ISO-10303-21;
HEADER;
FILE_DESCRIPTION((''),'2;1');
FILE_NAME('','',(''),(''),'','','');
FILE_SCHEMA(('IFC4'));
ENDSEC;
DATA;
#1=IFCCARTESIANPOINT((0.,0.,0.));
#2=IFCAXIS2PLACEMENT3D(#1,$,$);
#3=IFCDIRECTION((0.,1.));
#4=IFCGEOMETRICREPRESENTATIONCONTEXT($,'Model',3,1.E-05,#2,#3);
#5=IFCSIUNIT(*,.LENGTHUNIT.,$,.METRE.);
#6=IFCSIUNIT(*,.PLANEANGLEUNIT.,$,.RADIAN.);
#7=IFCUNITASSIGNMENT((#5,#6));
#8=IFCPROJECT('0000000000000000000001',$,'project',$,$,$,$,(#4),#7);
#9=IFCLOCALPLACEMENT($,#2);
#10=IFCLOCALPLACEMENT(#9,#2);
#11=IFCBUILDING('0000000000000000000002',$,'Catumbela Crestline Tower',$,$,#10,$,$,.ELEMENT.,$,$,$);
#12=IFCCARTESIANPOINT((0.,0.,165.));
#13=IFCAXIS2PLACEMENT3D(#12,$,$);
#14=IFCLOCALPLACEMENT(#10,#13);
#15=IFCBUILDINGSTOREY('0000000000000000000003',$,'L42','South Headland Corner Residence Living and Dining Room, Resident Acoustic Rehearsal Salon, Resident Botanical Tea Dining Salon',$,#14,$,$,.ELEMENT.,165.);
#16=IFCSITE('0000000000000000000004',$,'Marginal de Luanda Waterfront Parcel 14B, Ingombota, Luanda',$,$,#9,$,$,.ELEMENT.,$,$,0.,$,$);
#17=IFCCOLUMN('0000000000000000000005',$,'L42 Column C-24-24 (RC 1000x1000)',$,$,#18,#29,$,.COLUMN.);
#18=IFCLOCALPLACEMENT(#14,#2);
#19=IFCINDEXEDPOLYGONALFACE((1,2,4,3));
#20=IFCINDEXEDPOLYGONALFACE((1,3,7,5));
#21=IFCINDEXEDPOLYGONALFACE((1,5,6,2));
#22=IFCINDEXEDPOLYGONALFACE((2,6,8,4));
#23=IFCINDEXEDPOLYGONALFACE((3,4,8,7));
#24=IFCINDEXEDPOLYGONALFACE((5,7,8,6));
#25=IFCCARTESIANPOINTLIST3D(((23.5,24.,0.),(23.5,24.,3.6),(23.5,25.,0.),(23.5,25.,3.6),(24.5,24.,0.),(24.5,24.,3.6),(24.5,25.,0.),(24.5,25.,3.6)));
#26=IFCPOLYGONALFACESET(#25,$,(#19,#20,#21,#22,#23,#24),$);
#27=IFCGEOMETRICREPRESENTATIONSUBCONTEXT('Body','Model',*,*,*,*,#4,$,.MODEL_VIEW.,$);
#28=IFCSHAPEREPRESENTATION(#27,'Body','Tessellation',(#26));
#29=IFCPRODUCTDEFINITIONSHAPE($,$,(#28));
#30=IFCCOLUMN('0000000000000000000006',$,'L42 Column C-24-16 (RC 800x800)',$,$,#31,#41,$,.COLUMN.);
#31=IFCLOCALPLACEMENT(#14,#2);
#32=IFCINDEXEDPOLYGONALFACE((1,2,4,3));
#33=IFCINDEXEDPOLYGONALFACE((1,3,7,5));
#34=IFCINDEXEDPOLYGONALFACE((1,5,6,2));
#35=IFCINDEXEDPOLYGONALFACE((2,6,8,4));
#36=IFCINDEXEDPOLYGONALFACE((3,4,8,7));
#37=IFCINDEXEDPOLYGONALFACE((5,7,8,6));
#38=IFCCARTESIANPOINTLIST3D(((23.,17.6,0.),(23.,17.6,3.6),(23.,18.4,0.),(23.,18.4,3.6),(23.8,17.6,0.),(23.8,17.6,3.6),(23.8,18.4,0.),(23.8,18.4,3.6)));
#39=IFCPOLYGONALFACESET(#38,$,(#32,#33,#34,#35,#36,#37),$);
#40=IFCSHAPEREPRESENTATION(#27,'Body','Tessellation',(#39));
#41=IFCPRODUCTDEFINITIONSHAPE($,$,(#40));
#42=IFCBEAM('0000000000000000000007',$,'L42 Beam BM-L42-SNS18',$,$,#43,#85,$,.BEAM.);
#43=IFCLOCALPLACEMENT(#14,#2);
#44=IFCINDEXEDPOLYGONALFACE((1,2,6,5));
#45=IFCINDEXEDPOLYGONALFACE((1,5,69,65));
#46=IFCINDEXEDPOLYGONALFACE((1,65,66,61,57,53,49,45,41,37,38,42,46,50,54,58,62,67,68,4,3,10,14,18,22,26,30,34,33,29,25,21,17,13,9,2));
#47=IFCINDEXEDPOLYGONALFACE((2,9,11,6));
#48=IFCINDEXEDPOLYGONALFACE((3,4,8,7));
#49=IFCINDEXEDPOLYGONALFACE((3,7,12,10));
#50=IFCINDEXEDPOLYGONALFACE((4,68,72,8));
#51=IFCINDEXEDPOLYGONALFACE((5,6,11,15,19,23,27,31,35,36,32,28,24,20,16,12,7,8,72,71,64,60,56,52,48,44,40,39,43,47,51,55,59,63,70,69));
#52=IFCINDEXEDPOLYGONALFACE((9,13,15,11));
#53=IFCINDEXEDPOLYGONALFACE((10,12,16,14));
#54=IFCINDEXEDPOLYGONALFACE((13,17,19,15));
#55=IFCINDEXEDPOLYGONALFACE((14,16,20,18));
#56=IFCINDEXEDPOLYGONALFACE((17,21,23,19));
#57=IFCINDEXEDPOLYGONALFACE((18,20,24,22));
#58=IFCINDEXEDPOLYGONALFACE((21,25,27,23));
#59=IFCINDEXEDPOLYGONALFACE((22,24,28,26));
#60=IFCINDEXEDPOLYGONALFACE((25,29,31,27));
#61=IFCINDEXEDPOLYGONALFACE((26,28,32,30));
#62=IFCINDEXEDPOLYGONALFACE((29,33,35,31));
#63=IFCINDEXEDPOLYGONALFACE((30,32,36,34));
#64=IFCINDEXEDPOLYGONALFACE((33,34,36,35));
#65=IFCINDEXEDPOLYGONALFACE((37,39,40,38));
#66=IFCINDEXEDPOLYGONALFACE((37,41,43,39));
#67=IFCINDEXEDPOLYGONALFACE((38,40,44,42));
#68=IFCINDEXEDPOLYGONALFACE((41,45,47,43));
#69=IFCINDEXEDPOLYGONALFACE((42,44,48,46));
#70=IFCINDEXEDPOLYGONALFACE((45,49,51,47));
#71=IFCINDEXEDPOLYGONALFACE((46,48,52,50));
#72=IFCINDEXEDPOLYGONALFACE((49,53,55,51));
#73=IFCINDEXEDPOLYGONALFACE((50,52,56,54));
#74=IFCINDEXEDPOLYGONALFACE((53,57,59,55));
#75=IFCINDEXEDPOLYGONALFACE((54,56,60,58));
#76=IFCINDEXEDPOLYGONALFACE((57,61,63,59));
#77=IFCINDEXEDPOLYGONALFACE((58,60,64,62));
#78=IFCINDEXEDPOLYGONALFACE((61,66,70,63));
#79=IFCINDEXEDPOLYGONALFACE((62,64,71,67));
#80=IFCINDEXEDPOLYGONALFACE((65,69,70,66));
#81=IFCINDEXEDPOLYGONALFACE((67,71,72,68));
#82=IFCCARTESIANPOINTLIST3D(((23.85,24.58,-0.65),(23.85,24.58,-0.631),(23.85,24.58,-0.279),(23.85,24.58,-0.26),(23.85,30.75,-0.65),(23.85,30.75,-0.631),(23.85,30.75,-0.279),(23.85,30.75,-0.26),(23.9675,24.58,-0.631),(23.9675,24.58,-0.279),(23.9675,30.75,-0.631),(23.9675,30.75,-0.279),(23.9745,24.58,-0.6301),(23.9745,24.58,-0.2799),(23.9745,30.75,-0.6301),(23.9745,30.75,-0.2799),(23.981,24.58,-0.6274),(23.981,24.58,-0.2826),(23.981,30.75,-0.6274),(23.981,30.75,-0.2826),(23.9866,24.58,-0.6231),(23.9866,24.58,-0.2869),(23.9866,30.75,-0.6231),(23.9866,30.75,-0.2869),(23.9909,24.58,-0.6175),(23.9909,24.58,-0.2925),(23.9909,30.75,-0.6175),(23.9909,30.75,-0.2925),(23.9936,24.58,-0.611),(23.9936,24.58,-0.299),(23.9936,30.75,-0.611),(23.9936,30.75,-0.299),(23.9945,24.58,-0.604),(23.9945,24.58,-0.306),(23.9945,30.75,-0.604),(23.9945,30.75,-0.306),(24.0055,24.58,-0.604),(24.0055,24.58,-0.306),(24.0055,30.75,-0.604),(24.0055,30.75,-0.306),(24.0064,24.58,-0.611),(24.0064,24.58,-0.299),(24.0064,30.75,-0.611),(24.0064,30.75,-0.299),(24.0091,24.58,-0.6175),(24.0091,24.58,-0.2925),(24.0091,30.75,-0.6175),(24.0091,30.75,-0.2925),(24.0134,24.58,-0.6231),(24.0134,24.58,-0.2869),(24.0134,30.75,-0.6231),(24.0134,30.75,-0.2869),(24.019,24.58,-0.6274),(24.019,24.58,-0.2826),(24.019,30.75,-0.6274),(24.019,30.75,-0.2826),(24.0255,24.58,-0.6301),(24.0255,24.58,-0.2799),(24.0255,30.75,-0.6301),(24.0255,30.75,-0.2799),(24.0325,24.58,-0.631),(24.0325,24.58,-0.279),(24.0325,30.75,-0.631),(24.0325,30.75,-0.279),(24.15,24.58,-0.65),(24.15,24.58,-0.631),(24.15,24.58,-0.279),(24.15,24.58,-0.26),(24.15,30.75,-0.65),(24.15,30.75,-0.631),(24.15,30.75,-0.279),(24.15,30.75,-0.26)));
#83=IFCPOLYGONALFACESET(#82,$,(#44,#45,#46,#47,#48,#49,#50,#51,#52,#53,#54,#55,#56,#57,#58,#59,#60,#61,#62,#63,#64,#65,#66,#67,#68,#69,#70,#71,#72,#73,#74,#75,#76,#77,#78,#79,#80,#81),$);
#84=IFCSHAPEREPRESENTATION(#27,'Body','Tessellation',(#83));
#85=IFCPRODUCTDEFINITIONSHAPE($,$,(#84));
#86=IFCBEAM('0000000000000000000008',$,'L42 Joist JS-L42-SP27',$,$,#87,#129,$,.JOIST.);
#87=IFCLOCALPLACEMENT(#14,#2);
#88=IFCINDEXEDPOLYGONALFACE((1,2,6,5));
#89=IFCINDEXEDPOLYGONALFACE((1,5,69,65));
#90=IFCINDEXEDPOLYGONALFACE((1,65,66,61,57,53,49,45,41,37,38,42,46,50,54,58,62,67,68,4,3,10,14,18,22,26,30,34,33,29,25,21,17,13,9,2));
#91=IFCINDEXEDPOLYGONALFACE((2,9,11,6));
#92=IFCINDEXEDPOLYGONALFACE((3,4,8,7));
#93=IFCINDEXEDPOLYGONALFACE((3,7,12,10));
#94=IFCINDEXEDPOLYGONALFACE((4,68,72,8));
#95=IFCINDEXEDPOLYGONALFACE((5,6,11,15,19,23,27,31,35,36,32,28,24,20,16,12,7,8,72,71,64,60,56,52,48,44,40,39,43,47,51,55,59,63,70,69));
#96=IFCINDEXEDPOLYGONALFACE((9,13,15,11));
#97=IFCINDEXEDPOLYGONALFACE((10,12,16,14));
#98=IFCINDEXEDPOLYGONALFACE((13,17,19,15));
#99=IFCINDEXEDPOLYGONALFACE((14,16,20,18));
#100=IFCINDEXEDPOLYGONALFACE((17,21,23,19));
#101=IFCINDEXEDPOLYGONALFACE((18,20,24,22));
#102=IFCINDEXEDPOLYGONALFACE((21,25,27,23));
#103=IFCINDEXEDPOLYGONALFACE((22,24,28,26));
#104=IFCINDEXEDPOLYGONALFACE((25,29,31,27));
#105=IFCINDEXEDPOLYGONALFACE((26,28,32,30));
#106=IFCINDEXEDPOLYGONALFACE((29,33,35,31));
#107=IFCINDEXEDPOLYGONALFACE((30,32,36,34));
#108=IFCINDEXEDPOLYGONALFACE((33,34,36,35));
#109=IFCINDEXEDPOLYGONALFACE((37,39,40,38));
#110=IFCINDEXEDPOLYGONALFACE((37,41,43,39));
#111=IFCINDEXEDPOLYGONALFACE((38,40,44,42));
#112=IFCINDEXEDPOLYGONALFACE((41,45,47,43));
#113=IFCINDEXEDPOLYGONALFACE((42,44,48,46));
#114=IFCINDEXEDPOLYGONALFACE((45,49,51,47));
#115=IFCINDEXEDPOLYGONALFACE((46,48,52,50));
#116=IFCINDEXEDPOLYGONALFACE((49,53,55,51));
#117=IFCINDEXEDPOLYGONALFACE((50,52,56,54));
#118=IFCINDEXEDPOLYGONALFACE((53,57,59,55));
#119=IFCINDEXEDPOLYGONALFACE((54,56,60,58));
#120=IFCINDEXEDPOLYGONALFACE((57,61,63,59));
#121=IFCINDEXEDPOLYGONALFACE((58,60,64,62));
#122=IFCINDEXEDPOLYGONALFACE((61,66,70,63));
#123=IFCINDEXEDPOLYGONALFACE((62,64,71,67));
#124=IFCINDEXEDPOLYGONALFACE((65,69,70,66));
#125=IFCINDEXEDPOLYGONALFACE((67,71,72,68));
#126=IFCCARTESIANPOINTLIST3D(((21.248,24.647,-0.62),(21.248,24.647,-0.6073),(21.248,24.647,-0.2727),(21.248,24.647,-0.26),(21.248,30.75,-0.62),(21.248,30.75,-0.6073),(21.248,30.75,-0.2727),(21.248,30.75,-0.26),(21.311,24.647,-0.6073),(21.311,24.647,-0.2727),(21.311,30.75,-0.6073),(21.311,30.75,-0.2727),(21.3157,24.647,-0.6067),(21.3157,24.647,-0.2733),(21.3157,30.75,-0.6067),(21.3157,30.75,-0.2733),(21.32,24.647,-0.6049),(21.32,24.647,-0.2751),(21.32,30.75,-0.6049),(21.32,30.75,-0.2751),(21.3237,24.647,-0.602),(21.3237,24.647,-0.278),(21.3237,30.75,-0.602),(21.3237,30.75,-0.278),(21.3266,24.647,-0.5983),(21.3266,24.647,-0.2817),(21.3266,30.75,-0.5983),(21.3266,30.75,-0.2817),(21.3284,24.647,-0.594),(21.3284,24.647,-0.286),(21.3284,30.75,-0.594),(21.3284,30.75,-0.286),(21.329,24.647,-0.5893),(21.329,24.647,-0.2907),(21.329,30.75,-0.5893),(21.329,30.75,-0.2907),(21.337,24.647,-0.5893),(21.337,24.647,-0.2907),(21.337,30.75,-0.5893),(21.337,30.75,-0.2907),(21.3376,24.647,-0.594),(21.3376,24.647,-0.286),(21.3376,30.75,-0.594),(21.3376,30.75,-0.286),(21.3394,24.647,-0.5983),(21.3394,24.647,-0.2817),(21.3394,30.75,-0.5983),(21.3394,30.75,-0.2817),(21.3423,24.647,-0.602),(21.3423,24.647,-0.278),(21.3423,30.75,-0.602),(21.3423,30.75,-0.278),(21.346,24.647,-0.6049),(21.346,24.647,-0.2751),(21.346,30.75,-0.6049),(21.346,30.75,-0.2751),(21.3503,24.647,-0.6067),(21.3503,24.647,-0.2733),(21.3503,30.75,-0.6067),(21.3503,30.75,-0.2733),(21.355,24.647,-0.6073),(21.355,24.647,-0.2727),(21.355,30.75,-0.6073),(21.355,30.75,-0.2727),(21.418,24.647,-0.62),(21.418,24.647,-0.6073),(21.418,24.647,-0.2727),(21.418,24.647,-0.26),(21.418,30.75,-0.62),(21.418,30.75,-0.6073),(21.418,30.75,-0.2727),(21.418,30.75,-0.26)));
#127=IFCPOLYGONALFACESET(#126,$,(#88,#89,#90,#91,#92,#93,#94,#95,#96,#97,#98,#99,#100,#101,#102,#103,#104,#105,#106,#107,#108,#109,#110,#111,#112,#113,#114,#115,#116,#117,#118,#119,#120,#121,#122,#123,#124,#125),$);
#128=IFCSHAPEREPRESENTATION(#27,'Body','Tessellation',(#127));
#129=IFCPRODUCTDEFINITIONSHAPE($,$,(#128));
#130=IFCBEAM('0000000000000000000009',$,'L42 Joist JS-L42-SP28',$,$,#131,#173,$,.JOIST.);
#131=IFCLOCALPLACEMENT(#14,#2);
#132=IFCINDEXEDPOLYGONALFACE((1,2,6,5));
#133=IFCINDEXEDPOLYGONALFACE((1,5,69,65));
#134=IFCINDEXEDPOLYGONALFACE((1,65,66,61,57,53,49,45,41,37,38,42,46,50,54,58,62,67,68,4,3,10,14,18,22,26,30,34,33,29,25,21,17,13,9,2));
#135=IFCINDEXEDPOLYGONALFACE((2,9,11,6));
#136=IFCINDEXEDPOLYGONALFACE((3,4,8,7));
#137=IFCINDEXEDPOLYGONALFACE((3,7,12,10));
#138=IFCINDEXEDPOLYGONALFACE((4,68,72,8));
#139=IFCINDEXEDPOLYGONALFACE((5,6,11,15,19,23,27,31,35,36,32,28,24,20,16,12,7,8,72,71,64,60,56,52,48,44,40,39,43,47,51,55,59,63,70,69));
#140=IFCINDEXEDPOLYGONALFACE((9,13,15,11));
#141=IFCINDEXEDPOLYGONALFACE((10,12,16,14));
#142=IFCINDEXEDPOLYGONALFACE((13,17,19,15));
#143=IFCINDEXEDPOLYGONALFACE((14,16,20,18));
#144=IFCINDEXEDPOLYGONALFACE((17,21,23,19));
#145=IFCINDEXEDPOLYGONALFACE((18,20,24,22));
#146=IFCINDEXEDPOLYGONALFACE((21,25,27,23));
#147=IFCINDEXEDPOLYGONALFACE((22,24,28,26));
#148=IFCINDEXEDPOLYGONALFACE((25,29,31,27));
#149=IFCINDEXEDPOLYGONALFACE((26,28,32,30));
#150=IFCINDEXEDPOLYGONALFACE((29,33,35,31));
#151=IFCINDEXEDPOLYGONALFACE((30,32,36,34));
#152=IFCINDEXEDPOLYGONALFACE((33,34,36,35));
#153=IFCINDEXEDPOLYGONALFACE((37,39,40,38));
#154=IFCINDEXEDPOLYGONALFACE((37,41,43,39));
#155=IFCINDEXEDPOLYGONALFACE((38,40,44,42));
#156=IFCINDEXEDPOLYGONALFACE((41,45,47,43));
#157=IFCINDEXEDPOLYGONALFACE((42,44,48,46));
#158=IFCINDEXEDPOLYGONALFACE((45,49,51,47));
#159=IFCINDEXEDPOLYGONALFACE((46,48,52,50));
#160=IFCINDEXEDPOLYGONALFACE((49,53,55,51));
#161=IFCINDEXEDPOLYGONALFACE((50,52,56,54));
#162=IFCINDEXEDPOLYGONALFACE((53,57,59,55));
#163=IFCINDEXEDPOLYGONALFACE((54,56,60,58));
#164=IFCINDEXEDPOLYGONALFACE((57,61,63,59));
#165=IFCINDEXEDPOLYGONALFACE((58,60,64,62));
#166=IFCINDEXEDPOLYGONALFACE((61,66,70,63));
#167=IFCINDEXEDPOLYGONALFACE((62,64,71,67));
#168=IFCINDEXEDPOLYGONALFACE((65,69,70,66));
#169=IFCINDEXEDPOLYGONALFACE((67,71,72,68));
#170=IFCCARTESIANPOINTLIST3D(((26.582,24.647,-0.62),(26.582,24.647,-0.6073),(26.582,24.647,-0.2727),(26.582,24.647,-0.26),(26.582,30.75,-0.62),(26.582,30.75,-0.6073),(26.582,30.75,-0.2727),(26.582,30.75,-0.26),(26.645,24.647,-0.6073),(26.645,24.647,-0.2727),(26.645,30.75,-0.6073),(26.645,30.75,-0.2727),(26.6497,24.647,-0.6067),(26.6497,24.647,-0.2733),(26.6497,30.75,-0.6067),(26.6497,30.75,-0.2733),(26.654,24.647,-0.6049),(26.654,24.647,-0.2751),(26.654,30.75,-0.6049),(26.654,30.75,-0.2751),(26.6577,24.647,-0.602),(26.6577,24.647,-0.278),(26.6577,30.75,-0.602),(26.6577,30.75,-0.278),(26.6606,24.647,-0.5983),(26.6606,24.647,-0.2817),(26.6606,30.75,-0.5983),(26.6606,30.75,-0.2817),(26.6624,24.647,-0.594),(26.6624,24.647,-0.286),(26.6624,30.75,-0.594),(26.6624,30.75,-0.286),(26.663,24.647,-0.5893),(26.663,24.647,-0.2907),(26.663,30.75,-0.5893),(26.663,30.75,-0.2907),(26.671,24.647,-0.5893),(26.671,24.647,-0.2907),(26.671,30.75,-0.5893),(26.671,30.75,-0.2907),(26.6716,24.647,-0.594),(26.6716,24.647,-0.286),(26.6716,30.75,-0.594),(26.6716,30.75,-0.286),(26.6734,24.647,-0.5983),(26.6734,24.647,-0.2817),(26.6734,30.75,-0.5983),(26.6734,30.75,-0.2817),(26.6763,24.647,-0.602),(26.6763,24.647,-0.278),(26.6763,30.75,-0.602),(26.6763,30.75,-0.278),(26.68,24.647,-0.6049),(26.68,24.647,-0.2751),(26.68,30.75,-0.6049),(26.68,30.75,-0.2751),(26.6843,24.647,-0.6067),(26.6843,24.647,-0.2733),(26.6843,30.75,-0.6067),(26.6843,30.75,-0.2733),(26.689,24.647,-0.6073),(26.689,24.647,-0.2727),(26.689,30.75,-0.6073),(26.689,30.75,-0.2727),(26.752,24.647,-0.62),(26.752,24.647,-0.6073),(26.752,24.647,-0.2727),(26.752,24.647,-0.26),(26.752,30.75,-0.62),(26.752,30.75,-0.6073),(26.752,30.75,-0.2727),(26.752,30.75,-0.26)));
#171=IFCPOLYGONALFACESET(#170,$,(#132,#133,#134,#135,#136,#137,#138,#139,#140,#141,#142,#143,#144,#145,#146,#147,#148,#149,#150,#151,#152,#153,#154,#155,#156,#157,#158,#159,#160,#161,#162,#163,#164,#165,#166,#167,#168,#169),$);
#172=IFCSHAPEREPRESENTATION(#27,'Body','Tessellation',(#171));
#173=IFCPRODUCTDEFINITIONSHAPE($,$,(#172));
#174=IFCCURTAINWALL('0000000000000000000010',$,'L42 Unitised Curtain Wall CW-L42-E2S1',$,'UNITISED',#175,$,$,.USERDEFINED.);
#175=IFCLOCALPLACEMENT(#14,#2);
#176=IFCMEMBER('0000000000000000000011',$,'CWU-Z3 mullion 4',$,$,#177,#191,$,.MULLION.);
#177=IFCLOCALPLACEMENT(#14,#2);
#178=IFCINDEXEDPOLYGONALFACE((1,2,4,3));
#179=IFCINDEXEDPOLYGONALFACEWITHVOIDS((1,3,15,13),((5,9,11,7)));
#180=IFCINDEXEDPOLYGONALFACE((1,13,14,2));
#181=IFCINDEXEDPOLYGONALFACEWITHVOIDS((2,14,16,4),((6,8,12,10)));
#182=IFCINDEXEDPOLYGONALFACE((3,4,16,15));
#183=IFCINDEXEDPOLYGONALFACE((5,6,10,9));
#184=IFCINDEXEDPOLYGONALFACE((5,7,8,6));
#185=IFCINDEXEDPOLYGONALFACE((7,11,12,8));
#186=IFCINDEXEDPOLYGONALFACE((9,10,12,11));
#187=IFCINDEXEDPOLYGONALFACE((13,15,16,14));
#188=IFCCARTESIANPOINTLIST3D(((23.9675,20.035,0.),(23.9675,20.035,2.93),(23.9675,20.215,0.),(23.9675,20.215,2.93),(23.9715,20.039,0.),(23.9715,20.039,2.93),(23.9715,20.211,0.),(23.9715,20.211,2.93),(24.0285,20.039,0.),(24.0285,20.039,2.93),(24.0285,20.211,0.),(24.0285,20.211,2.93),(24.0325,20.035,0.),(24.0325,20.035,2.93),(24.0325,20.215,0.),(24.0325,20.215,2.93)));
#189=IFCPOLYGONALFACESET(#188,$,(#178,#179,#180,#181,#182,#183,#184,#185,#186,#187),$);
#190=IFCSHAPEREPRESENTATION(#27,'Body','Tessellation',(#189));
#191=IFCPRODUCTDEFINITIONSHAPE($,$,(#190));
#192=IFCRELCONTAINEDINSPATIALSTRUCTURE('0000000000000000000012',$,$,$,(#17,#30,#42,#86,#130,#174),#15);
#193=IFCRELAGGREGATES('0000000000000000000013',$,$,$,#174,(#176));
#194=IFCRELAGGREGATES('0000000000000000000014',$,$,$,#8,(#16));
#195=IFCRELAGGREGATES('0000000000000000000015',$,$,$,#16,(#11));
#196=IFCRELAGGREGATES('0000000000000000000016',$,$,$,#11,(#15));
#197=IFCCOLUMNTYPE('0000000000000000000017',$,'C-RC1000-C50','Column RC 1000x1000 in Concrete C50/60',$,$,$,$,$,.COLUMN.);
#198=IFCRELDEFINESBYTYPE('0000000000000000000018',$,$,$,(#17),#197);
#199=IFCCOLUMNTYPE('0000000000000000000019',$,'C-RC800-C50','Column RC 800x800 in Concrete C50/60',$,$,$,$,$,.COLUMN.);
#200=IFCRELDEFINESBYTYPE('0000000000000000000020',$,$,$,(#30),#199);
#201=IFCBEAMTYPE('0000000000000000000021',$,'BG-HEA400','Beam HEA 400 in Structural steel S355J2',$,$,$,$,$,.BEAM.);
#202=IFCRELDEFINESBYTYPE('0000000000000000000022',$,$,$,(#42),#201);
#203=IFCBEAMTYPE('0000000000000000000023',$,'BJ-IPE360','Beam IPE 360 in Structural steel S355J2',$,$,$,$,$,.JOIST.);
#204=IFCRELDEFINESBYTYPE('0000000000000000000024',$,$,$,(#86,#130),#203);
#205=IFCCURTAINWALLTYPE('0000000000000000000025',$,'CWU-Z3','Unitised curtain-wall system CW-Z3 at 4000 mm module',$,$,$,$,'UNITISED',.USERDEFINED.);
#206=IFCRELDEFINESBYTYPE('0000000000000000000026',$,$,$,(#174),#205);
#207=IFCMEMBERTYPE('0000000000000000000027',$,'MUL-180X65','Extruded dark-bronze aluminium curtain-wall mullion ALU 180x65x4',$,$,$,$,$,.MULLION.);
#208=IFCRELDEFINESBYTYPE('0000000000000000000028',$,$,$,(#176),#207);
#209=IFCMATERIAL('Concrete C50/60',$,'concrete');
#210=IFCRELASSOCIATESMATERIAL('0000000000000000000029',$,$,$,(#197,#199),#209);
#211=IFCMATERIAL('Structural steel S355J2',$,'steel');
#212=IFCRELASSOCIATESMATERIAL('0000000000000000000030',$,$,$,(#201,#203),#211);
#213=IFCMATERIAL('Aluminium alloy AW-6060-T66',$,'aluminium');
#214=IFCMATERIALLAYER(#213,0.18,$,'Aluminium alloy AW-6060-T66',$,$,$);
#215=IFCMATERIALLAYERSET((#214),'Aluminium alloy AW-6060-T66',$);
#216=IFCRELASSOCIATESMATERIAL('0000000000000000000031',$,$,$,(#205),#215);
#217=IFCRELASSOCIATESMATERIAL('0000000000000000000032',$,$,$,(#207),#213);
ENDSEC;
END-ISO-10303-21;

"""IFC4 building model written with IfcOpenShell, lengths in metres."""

from ifc_helpers import new_model, si_unit, direction, frame, origin, origin_2d, place, context, subcontext, project, spatial, rectangle, hollow_rectangle, i_section, extrude, material, layer, layer_set, material_profile, profile_set, type_object, element, aggregate, save


model = new_model("IFC4")

# Units and contexts
model_context = context("Model", 3, precision=1e-05, world=origin(), true_north=direction((0.0, 1.0)))
body_context = subcontext(model_context, "Body", "Model", "MODEL_VIEW")
ifc_project = project(units=[si_unit("LENGTHUNIT", "METRE"), si_unit("PLANEANGLEUNIT", "RADIAN")], contexts=[model_context])

# Site, building, storey
site_placement = place(None, origin())
site = spatial("IfcSite", under=ifc_project, at=site_placement, Name="Marginal de Luanda Waterfront Parcel 14B, Ingombota, Luanda", CompositionType="ELEMENT", RefElevation=0.0)
building_placement = place(site_placement, origin())
building = spatial("IfcBuilding", under=site, at=building_placement, Name="Catumbela Crestline Tower", CompositionType="ELEMENT")
storey_placement = place(building_placement, frame((0.0, 0.0, 165.0)))
storey = spatial("IfcBuildingStorey", under=building, at=storey_placement, Name="L42", Description="South Headland Corner Residence Living and Dining Room, Resident Acoustic Rehearsal Salon, Resident Botanical Tea Dining Salon", CompositionType="ELEMENT", Elevation=165.0)

# Columns
ifc_material_1 = material(Name="Concrete C50/60", Category="concrete")
ifc_material_profile_1 = material_profile(ifc_material_1, rectangle(XDim=1.0, YDim=1.0, at=origin_2d()), Name="RC 1000x1000")
ifc_profile_set_1 = profile_set([ifc_material_profile_1], Name="Concrete C50/60")
column_type_1 = type_object("IfcColumnType", Name="C-RC1000-C50", Description="Column RC 1000x1000 in Concrete C50/60", PredefinedType="COLUMN", material=ifc_profile_set_1)
column_1_placement = place(storey_placement, frame((24.0, 24.5, 0.0), z_axis=(0.0, 0.0, 1.0), x_axis=(1.0, 0.0, 0.0)))
element("IfcColumn", 1, at=column_1_placement, inside=storey, type_object=column_type_1, Name="L42 Column C-24-24 (RC 1000x1000)", PredefinedType="COLUMN", context=body_context, shape_type="SweptSolid", body=[
    extrude(rectangle(XDim=1.0, YDim=1.0, at=origin_2d()), origin(), (0.0, 0.0, 1.0), 3.6),
])
ifc_material_profile_2 = material_profile(ifc_material_1, rectangle(XDim=0.8, YDim=0.8, at=origin_2d()), Name="RC 800x800")
ifc_profile_set_2 = profile_set([ifc_material_profile_2], Name="Concrete C50/60")
column_type_2 = type_object("IfcColumnType", Name="C-RC800-C50", Description="Column RC 800x800 in Concrete C50/60", PredefinedType="COLUMN", material=ifc_profile_set_2)
column_2_placement = place(storey_placement, frame((23.4, 18.0, 0.0), z_axis=(0.0, 0.0, 1.0), x_axis=(1.0, 0.0, 0.0)))
element("IfcColumn", 2, at=column_2_placement, inside=storey, type_object=column_type_2, Name="L42 Column C-24-16 (RC 800x800)", PredefinedType="COLUMN", context=body_context, shape_type="SweptSolid", body=[
    extrude(rectangle(XDim=0.8, YDim=0.8, at=origin_2d()), origin(), (0.0, 0.0, 1.0), 3.6),
])

# Beams
ifc_material_2 = material(Name="Structural steel S355J2", Category="steel")
ifc_material_profile_3 = material_profile(ifc_material_2, i_section(OverallWidth=0.3, OverallDepth=0.39, WebThickness=0.011, FlangeThickness=0.019, FilletRadius=0.027, at=origin_2d()), Name="HEA 400")
ifc_profile_set_3 = profile_set([ifc_material_profile_3], Name="Structural steel S355J2")
beam_type_1 = type_object("IfcBeamType", Name="BG-HEA400", Description="Beam HEA 400 in Structural steel S355J2", PredefinedType="BEAM", material=ifc_profile_set_3)
beam_1_placement = place(storey_placement, frame((24.0, 24.58, -0.455), z_axis=(0.0, 1.0, 0.0), x_axis=(-1.0, 0.0, 0.0)))
element("IfcBeam", 3, at=beam_1_placement, inside=storey, type_object=beam_type_1, Name="L42 Beam BM-L42-SNS18", PredefinedType="BEAM", context=body_context, shape_type="SweptSolid", body=[
    extrude(i_section(OverallWidth=0.3, OverallDepth=0.39, WebThickness=0.011, FlangeThickness=0.019, FilletRadius=0.027, at=origin_2d()), origin(), (0.0, 0.0, 1.0), 6.17),
])
ifc_material_profile_4 = material_profile(ifc_material_2, i_section(OverallWidth=0.17, OverallDepth=0.36, WebThickness=0.008, FlangeThickness=0.0127, FilletRadius=0.018, at=origin_2d()), Name="IPE 360")
ifc_profile_set_4 = profile_set([ifc_material_profile_4], Name="Structural steel S355J2")
beam_type_2 = type_object("IfcBeamType", Name="BJ-IPE360", Description="Beam IPE 360 in Structural steel S355J2", PredefinedType="JOIST", material=ifc_profile_set_4)
for number, where, z_axis, x_axis, name in (
    (4, (21.333, 24.647, -0.44), (0.0, 1.0, 0.0), (-1.0, 0.0, 0.0), "L42 Joist JS-L42-SP27"),
    (5, (26.667, 24.647, -0.44), (0.0, 1.0, 0.0), (-1.0, 0.0, 0.0), "L42 Joist JS-L42-SP28"),
):
    element("IfcBeam", number, at=place(storey_placement, frame(where, z_axis=z_axis, x_axis=x_axis)), inside=storey, type_object=beam_type_2, Name=name, PredefinedType="JOIST", context=body_context, shape_type="SweptSolid", body=[
        extrude(i_section(OverallWidth=0.17, OverallDepth=0.36, WebThickness=0.008, FlangeThickness=0.0127, FilletRadius=0.018, at=origin_2d()), origin(), (0.0, 0.0, 1.0), 6.103),
    ])

# Curtain wall, member
ifc_material_3 = material(Name="Aluminium alloy AW-6060-T66", Category="aluminium")
ifc_layer_1 = layer(ifc_material_3, 0.18, Name="Aluminium alloy AW-6060-T66")
ifc_layer_set_1 = layer_set([ifc_layer_1], Name="Aluminium alloy AW-6060-T66")
curtain_wall_type = type_object("IfcCurtainWallType", Name="CWU-Z3", Description="Unitised curtain-wall system CW-Z3 at 4000 mm module", ElementType="UNITISED", PredefinedType="USERDEFINED", material=ifc_layer_set_1)
curtain_wall_1_placement = place(storey_placement, origin())
curtain_wall_1 = element("IfcCurtainWall", 6, at=curtain_wall_1_placement, inside=storey, type_object=curtain_wall_type, Name="L42 Unitised Curtain Wall CW-L42-E2S1", ObjectType="UNITISED", PredefinedType="USERDEFINED")
ifc_material_profile_5 = material_profile(ifc_material_3, hollow_rectangle(XDim=0.065, YDim=0.18, WallThickness=0.004, at=origin_2d()), Name="ALU 180x65x4")
ifc_profile_set_5 = profile_set([ifc_material_profile_5], Name="Aluminium alloy AW-6060-T66")
member_type_1 = type_object("IfcMemberType", Name="MUL-180X65", Description="Extruded dark-bronze aluminium curtain-wall mullion ALU 180x65x4", PredefinedType="MULLION", material=ifc_profile_set_5)
member_1_placement = place(storey_placement, frame((24.0, 20.125, 0.0), z_axis=(0.0, 0.0, 1.0), x_axis=(-1.0, 0.0, 0.0)))
member_1 = element("IfcMember", 7, at=member_1_placement, type_object=member_type_1, Name="CWU-Z3 mullion 4", PredefinedType="MULLION", context=body_context, shape_type="SweptSolid", body=[
    extrude(hollow_rectangle(XDim=0.065, YDim=0.18, WallThickness=0.004, at=origin_2d()), origin(), (0.0, 0.0, 1.0), 2.93),
])

aggregate(curtain_wall_1, [member_1])

save(model, "model.ifc")
